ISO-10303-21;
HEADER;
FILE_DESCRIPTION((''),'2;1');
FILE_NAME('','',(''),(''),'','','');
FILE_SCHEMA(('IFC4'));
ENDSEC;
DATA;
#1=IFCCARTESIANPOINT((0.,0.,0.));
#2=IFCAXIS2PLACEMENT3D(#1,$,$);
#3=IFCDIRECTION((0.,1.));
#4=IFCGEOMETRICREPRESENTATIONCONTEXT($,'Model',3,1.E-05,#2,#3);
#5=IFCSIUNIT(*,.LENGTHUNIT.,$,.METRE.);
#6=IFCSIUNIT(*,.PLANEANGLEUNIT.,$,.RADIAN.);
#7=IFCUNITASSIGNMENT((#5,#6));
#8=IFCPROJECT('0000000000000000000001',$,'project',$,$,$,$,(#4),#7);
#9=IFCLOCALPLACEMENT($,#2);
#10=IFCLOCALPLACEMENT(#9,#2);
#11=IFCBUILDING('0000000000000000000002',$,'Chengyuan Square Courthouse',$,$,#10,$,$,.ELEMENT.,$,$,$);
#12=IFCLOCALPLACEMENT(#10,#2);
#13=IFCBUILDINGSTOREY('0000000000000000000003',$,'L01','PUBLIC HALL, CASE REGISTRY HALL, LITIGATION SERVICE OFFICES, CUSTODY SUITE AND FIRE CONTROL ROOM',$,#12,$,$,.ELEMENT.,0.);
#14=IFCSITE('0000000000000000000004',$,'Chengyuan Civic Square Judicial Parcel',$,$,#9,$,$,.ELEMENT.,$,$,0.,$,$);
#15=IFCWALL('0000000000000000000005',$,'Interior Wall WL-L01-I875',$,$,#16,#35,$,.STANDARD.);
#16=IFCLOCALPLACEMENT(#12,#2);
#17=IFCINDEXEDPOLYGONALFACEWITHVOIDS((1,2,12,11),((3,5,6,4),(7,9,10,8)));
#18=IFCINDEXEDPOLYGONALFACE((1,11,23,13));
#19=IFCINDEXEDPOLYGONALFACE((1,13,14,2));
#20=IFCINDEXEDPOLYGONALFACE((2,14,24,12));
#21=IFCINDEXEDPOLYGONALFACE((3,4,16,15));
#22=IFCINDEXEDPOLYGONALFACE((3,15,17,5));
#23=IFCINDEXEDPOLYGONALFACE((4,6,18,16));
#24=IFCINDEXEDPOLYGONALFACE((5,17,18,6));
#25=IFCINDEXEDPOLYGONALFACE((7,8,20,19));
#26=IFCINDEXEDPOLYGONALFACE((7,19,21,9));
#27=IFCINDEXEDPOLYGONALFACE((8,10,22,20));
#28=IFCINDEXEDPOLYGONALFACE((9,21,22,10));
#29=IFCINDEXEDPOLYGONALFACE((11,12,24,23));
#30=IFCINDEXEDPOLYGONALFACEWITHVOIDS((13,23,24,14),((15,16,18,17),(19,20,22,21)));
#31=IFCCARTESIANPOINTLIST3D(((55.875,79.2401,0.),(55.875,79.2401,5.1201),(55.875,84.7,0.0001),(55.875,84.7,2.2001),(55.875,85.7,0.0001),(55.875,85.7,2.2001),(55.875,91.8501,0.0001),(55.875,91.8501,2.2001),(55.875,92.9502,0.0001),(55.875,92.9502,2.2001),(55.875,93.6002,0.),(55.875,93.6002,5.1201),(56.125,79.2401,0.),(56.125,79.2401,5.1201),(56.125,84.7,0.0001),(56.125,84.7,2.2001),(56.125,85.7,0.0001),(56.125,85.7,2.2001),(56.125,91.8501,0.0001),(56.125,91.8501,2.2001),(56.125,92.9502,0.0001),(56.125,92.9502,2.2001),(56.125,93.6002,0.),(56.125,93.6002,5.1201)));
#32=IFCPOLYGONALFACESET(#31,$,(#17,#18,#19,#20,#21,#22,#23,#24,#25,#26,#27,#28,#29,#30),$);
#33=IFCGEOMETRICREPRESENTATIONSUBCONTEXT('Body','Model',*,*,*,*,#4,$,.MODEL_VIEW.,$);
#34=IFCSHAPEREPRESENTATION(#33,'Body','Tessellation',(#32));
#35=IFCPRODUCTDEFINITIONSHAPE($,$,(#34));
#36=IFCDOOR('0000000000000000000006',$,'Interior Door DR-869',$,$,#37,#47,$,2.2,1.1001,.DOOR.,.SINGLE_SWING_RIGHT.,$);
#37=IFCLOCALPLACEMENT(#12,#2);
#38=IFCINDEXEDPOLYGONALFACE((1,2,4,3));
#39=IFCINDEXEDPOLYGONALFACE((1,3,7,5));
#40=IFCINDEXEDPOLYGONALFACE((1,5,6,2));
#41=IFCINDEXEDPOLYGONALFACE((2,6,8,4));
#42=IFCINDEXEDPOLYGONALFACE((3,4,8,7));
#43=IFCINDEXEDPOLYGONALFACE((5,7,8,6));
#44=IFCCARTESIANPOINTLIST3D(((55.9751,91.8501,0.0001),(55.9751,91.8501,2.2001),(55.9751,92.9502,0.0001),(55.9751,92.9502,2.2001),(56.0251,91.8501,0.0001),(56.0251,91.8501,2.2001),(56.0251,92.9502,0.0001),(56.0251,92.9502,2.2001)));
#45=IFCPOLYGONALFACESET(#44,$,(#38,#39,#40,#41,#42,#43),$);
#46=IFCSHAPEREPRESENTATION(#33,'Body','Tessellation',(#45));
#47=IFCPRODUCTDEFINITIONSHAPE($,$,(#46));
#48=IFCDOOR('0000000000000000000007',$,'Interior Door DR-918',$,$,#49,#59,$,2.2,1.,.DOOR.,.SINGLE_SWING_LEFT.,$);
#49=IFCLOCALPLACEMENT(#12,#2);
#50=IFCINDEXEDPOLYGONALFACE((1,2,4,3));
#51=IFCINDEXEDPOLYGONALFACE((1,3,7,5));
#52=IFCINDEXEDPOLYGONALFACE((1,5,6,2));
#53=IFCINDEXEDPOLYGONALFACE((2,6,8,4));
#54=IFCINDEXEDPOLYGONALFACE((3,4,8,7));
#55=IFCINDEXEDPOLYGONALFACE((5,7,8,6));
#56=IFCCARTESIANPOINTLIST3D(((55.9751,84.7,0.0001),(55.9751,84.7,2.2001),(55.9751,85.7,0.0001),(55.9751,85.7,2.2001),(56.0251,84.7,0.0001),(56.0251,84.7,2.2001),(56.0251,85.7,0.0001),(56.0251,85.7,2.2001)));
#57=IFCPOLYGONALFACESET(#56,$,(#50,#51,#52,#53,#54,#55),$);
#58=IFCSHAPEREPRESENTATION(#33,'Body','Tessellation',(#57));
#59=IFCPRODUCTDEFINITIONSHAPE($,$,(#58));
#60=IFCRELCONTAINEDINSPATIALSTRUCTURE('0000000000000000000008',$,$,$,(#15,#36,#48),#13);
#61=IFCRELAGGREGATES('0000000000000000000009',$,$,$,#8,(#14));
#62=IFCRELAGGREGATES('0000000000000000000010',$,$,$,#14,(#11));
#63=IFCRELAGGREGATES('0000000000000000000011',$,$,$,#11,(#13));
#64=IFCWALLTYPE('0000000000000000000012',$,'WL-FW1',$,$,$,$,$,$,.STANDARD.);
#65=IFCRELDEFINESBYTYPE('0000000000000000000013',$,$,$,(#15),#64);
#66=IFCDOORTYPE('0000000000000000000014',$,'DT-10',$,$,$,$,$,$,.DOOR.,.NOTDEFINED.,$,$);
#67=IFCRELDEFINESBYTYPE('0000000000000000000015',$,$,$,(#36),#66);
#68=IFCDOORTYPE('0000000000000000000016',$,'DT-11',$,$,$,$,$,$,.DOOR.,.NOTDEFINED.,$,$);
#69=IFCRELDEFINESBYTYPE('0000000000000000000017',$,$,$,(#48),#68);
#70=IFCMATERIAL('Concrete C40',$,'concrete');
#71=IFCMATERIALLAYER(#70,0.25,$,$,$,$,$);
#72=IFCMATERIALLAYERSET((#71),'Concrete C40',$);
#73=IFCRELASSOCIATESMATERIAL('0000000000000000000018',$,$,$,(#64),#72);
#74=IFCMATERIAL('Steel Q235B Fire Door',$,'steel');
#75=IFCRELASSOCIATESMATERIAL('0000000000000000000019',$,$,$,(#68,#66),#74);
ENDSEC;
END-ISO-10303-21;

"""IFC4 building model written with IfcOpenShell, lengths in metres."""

from ifc_helpers import new_model, si_unit, direction, frame, frame_2d, origin, place, context, subcontext, project, spatial, rectangle, extrude, material, layer, layer_set, type_object, element, fill, save


model = new_model("IFC4")

# Units and contexts
model_context = context("Model", 3, precision=1e-05, world=origin(), true_north=direction((0.0, 1.0)))
body_context = subcontext(model_context, "Body", "Model", "MODEL_VIEW")
ifc_project = project(units=[si_unit("LENGTHUNIT", "METRE"), si_unit("PLANEANGLEUNIT", "RADIAN")], contexts=[model_context])

# Site, building, storey
site_placement = place(None, origin())
site = spatial("IfcSite", under=ifc_project, at=site_placement, Name="Chengyuan Civic Square Judicial Parcel", CompositionType="ELEMENT", RefElevation=0.0)
building_placement = place(site_placement, origin())
building = spatial("IfcBuilding", under=site, at=building_placement, Name="Chengyuan Square Courthouse", CompositionType="ELEMENT")
storey_placement = place(building_placement, origin())
storey = spatial("IfcBuildingStorey", under=building, at=storey_placement, Name="L01", Description="PUBLIC HALL, CASE REGISTRY HALL, LITIGATION SERVICE OFFICES, CUSTODY SUITE AND FIRE CONTROL ROOM", CompositionType="ELEMENT", Elevation=0.0)

# Shared definitions
ifc_material_1 = material(Name="Concrete C40", Category="concrete")

# Shared definitions
ifc_layer_1 = layer(ifc_material_1, 0.25)
ifc_layer_set_1 = layer_set([ifc_layer_1], Name="Concrete C40")
wall_type_1 = type_object("IfcWallType", Name="WL-FW1", PredefinedType="STANDARD", material=ifc_layer_set_1)
ifc_material_2 = material(Name="Steel Q235B Fire Door", Category="steel")
door_type_1 = type_object("IfcDoorType", Name="DT-11", OperationType="NOTDEFINED", PredefinedType="DOOR", material=ifc_material_2)

# Wall, openings, doors
wall_1_placement = place(storey_placement, frame((56.0, 79.24, 0.0), z_axis=(0.0, 0.0, 1.0), x_axis=(0.0, 1.0, 0.0)))
wall_1 = element("IfcWall", 1, at=wall_1_placement, inside=storey, type_object=wall_type_1, Name="Interior Wall WL-L01-I875", PredefinedType="STANDARD", context=body_context, shape_type="SweptSolid", body=[
    extrude(rectangle(XDim=14.3601, YDim=0.25, at=frame_2d((7.1802, 0.0))), origin(), (0.0, 0.0, 1.0), 5.1201),
])
opening_1_placement = place(wall_1_placement, frame((12.6101, 0.0, 0.0)))
opening_1 = element("IfcOpeningElement", 2, at=opening_1_placement, cuts=wall_1, PredefinedType="OPENING", context=body_context, shape_type="SweptSolid", body=[
    extrude(rectangle(XDim=1.1001, YDim=2.2, at=frame_2d((0.55, 1.1001))), frame((0.0, 0.137, 0.0), z_axis=(0.0, -1.0, 0.0), x_axis=(1.0, 0.0, 0.0)), (0.0, 0.0, 1.0), 0.2739),
])
opening_2_placement = place(wall_1_placement, frame((5.46, 0.0, 0.0)))
opening_2 = element("IfcOpeningElement", 3, at=opening_2_placement, cuts=wall_1, PredefinedType="OPENING", context=body_context, shape_type="SweptSolid", body=[
    extrude(rectangle(XDim=1.0, YDim=2.2, at=frame_2d((0.5, 1.1001))), frame((0.0, 0.137, 0.0), z_axis=(0.0, -1.0, 0.0), x_axis=(1.0, 0.0, 0.0)), (0.0, 0.0, 1.0), 0.2739),
])
door_type_2 = type_object("IfcDoorType", Name="DT-10", OperationType="NOTDEFINED", PredefinedType="DOOR", material=ifc_material_2)
door_1_placement = place(opening_1_placement, origin())
door_1 = element("IfcDoor", 4, at=door_1_placement, inside=storey, type_object=door_type_2, Name="Interior Door DR-869", OperationType="SINGLE_SWING_RIGHT", OverallHeight=2.2, OverallWidth=1.1001, PredefinedType="DOOR", context=body_context, shape_type="SweptSolid", body=[
    extrude(rectangle(XDim=1.1001, YDim=2.2, at=frame_2d((0.55, 1.1001))), frame((0.0, 0.0249, 0.0), z_axis=(0.0, -1.0, 0.0), x_axis=(1.0, 0.0, 0.0)), (0.0, 0.0, 1.0), 0.05),
])
fill(opening_1, door_1)
door_2_placement = place(opening_2_placement, origin())
door_2 = element("IfcDoor", 5, at=door_2_placement, inside=storey, type_object=door_type_1, Name="Interior Door DR-918", OperationType="SINGLE_SWING_LEFT", OverallHeight=2.2, OverallWidth=1.0, PredefinedType="DOOR", context=body_context, shape_type="SweptSolid", body=[
    extrude(rectangle(XDim=1.0, YDim=2.2, at=frame_2d((0.5, 1.1001))), frame((0.0, 0.0249, 0.0), z_axis=(0.0, -1.0, 0.0), x_axis=(1.0, 0.0, 0.0)), (0.0, 0.0, 1.0), 0.05),
])
fill(opening_2, door_2)

save(model, "model.ifc")
